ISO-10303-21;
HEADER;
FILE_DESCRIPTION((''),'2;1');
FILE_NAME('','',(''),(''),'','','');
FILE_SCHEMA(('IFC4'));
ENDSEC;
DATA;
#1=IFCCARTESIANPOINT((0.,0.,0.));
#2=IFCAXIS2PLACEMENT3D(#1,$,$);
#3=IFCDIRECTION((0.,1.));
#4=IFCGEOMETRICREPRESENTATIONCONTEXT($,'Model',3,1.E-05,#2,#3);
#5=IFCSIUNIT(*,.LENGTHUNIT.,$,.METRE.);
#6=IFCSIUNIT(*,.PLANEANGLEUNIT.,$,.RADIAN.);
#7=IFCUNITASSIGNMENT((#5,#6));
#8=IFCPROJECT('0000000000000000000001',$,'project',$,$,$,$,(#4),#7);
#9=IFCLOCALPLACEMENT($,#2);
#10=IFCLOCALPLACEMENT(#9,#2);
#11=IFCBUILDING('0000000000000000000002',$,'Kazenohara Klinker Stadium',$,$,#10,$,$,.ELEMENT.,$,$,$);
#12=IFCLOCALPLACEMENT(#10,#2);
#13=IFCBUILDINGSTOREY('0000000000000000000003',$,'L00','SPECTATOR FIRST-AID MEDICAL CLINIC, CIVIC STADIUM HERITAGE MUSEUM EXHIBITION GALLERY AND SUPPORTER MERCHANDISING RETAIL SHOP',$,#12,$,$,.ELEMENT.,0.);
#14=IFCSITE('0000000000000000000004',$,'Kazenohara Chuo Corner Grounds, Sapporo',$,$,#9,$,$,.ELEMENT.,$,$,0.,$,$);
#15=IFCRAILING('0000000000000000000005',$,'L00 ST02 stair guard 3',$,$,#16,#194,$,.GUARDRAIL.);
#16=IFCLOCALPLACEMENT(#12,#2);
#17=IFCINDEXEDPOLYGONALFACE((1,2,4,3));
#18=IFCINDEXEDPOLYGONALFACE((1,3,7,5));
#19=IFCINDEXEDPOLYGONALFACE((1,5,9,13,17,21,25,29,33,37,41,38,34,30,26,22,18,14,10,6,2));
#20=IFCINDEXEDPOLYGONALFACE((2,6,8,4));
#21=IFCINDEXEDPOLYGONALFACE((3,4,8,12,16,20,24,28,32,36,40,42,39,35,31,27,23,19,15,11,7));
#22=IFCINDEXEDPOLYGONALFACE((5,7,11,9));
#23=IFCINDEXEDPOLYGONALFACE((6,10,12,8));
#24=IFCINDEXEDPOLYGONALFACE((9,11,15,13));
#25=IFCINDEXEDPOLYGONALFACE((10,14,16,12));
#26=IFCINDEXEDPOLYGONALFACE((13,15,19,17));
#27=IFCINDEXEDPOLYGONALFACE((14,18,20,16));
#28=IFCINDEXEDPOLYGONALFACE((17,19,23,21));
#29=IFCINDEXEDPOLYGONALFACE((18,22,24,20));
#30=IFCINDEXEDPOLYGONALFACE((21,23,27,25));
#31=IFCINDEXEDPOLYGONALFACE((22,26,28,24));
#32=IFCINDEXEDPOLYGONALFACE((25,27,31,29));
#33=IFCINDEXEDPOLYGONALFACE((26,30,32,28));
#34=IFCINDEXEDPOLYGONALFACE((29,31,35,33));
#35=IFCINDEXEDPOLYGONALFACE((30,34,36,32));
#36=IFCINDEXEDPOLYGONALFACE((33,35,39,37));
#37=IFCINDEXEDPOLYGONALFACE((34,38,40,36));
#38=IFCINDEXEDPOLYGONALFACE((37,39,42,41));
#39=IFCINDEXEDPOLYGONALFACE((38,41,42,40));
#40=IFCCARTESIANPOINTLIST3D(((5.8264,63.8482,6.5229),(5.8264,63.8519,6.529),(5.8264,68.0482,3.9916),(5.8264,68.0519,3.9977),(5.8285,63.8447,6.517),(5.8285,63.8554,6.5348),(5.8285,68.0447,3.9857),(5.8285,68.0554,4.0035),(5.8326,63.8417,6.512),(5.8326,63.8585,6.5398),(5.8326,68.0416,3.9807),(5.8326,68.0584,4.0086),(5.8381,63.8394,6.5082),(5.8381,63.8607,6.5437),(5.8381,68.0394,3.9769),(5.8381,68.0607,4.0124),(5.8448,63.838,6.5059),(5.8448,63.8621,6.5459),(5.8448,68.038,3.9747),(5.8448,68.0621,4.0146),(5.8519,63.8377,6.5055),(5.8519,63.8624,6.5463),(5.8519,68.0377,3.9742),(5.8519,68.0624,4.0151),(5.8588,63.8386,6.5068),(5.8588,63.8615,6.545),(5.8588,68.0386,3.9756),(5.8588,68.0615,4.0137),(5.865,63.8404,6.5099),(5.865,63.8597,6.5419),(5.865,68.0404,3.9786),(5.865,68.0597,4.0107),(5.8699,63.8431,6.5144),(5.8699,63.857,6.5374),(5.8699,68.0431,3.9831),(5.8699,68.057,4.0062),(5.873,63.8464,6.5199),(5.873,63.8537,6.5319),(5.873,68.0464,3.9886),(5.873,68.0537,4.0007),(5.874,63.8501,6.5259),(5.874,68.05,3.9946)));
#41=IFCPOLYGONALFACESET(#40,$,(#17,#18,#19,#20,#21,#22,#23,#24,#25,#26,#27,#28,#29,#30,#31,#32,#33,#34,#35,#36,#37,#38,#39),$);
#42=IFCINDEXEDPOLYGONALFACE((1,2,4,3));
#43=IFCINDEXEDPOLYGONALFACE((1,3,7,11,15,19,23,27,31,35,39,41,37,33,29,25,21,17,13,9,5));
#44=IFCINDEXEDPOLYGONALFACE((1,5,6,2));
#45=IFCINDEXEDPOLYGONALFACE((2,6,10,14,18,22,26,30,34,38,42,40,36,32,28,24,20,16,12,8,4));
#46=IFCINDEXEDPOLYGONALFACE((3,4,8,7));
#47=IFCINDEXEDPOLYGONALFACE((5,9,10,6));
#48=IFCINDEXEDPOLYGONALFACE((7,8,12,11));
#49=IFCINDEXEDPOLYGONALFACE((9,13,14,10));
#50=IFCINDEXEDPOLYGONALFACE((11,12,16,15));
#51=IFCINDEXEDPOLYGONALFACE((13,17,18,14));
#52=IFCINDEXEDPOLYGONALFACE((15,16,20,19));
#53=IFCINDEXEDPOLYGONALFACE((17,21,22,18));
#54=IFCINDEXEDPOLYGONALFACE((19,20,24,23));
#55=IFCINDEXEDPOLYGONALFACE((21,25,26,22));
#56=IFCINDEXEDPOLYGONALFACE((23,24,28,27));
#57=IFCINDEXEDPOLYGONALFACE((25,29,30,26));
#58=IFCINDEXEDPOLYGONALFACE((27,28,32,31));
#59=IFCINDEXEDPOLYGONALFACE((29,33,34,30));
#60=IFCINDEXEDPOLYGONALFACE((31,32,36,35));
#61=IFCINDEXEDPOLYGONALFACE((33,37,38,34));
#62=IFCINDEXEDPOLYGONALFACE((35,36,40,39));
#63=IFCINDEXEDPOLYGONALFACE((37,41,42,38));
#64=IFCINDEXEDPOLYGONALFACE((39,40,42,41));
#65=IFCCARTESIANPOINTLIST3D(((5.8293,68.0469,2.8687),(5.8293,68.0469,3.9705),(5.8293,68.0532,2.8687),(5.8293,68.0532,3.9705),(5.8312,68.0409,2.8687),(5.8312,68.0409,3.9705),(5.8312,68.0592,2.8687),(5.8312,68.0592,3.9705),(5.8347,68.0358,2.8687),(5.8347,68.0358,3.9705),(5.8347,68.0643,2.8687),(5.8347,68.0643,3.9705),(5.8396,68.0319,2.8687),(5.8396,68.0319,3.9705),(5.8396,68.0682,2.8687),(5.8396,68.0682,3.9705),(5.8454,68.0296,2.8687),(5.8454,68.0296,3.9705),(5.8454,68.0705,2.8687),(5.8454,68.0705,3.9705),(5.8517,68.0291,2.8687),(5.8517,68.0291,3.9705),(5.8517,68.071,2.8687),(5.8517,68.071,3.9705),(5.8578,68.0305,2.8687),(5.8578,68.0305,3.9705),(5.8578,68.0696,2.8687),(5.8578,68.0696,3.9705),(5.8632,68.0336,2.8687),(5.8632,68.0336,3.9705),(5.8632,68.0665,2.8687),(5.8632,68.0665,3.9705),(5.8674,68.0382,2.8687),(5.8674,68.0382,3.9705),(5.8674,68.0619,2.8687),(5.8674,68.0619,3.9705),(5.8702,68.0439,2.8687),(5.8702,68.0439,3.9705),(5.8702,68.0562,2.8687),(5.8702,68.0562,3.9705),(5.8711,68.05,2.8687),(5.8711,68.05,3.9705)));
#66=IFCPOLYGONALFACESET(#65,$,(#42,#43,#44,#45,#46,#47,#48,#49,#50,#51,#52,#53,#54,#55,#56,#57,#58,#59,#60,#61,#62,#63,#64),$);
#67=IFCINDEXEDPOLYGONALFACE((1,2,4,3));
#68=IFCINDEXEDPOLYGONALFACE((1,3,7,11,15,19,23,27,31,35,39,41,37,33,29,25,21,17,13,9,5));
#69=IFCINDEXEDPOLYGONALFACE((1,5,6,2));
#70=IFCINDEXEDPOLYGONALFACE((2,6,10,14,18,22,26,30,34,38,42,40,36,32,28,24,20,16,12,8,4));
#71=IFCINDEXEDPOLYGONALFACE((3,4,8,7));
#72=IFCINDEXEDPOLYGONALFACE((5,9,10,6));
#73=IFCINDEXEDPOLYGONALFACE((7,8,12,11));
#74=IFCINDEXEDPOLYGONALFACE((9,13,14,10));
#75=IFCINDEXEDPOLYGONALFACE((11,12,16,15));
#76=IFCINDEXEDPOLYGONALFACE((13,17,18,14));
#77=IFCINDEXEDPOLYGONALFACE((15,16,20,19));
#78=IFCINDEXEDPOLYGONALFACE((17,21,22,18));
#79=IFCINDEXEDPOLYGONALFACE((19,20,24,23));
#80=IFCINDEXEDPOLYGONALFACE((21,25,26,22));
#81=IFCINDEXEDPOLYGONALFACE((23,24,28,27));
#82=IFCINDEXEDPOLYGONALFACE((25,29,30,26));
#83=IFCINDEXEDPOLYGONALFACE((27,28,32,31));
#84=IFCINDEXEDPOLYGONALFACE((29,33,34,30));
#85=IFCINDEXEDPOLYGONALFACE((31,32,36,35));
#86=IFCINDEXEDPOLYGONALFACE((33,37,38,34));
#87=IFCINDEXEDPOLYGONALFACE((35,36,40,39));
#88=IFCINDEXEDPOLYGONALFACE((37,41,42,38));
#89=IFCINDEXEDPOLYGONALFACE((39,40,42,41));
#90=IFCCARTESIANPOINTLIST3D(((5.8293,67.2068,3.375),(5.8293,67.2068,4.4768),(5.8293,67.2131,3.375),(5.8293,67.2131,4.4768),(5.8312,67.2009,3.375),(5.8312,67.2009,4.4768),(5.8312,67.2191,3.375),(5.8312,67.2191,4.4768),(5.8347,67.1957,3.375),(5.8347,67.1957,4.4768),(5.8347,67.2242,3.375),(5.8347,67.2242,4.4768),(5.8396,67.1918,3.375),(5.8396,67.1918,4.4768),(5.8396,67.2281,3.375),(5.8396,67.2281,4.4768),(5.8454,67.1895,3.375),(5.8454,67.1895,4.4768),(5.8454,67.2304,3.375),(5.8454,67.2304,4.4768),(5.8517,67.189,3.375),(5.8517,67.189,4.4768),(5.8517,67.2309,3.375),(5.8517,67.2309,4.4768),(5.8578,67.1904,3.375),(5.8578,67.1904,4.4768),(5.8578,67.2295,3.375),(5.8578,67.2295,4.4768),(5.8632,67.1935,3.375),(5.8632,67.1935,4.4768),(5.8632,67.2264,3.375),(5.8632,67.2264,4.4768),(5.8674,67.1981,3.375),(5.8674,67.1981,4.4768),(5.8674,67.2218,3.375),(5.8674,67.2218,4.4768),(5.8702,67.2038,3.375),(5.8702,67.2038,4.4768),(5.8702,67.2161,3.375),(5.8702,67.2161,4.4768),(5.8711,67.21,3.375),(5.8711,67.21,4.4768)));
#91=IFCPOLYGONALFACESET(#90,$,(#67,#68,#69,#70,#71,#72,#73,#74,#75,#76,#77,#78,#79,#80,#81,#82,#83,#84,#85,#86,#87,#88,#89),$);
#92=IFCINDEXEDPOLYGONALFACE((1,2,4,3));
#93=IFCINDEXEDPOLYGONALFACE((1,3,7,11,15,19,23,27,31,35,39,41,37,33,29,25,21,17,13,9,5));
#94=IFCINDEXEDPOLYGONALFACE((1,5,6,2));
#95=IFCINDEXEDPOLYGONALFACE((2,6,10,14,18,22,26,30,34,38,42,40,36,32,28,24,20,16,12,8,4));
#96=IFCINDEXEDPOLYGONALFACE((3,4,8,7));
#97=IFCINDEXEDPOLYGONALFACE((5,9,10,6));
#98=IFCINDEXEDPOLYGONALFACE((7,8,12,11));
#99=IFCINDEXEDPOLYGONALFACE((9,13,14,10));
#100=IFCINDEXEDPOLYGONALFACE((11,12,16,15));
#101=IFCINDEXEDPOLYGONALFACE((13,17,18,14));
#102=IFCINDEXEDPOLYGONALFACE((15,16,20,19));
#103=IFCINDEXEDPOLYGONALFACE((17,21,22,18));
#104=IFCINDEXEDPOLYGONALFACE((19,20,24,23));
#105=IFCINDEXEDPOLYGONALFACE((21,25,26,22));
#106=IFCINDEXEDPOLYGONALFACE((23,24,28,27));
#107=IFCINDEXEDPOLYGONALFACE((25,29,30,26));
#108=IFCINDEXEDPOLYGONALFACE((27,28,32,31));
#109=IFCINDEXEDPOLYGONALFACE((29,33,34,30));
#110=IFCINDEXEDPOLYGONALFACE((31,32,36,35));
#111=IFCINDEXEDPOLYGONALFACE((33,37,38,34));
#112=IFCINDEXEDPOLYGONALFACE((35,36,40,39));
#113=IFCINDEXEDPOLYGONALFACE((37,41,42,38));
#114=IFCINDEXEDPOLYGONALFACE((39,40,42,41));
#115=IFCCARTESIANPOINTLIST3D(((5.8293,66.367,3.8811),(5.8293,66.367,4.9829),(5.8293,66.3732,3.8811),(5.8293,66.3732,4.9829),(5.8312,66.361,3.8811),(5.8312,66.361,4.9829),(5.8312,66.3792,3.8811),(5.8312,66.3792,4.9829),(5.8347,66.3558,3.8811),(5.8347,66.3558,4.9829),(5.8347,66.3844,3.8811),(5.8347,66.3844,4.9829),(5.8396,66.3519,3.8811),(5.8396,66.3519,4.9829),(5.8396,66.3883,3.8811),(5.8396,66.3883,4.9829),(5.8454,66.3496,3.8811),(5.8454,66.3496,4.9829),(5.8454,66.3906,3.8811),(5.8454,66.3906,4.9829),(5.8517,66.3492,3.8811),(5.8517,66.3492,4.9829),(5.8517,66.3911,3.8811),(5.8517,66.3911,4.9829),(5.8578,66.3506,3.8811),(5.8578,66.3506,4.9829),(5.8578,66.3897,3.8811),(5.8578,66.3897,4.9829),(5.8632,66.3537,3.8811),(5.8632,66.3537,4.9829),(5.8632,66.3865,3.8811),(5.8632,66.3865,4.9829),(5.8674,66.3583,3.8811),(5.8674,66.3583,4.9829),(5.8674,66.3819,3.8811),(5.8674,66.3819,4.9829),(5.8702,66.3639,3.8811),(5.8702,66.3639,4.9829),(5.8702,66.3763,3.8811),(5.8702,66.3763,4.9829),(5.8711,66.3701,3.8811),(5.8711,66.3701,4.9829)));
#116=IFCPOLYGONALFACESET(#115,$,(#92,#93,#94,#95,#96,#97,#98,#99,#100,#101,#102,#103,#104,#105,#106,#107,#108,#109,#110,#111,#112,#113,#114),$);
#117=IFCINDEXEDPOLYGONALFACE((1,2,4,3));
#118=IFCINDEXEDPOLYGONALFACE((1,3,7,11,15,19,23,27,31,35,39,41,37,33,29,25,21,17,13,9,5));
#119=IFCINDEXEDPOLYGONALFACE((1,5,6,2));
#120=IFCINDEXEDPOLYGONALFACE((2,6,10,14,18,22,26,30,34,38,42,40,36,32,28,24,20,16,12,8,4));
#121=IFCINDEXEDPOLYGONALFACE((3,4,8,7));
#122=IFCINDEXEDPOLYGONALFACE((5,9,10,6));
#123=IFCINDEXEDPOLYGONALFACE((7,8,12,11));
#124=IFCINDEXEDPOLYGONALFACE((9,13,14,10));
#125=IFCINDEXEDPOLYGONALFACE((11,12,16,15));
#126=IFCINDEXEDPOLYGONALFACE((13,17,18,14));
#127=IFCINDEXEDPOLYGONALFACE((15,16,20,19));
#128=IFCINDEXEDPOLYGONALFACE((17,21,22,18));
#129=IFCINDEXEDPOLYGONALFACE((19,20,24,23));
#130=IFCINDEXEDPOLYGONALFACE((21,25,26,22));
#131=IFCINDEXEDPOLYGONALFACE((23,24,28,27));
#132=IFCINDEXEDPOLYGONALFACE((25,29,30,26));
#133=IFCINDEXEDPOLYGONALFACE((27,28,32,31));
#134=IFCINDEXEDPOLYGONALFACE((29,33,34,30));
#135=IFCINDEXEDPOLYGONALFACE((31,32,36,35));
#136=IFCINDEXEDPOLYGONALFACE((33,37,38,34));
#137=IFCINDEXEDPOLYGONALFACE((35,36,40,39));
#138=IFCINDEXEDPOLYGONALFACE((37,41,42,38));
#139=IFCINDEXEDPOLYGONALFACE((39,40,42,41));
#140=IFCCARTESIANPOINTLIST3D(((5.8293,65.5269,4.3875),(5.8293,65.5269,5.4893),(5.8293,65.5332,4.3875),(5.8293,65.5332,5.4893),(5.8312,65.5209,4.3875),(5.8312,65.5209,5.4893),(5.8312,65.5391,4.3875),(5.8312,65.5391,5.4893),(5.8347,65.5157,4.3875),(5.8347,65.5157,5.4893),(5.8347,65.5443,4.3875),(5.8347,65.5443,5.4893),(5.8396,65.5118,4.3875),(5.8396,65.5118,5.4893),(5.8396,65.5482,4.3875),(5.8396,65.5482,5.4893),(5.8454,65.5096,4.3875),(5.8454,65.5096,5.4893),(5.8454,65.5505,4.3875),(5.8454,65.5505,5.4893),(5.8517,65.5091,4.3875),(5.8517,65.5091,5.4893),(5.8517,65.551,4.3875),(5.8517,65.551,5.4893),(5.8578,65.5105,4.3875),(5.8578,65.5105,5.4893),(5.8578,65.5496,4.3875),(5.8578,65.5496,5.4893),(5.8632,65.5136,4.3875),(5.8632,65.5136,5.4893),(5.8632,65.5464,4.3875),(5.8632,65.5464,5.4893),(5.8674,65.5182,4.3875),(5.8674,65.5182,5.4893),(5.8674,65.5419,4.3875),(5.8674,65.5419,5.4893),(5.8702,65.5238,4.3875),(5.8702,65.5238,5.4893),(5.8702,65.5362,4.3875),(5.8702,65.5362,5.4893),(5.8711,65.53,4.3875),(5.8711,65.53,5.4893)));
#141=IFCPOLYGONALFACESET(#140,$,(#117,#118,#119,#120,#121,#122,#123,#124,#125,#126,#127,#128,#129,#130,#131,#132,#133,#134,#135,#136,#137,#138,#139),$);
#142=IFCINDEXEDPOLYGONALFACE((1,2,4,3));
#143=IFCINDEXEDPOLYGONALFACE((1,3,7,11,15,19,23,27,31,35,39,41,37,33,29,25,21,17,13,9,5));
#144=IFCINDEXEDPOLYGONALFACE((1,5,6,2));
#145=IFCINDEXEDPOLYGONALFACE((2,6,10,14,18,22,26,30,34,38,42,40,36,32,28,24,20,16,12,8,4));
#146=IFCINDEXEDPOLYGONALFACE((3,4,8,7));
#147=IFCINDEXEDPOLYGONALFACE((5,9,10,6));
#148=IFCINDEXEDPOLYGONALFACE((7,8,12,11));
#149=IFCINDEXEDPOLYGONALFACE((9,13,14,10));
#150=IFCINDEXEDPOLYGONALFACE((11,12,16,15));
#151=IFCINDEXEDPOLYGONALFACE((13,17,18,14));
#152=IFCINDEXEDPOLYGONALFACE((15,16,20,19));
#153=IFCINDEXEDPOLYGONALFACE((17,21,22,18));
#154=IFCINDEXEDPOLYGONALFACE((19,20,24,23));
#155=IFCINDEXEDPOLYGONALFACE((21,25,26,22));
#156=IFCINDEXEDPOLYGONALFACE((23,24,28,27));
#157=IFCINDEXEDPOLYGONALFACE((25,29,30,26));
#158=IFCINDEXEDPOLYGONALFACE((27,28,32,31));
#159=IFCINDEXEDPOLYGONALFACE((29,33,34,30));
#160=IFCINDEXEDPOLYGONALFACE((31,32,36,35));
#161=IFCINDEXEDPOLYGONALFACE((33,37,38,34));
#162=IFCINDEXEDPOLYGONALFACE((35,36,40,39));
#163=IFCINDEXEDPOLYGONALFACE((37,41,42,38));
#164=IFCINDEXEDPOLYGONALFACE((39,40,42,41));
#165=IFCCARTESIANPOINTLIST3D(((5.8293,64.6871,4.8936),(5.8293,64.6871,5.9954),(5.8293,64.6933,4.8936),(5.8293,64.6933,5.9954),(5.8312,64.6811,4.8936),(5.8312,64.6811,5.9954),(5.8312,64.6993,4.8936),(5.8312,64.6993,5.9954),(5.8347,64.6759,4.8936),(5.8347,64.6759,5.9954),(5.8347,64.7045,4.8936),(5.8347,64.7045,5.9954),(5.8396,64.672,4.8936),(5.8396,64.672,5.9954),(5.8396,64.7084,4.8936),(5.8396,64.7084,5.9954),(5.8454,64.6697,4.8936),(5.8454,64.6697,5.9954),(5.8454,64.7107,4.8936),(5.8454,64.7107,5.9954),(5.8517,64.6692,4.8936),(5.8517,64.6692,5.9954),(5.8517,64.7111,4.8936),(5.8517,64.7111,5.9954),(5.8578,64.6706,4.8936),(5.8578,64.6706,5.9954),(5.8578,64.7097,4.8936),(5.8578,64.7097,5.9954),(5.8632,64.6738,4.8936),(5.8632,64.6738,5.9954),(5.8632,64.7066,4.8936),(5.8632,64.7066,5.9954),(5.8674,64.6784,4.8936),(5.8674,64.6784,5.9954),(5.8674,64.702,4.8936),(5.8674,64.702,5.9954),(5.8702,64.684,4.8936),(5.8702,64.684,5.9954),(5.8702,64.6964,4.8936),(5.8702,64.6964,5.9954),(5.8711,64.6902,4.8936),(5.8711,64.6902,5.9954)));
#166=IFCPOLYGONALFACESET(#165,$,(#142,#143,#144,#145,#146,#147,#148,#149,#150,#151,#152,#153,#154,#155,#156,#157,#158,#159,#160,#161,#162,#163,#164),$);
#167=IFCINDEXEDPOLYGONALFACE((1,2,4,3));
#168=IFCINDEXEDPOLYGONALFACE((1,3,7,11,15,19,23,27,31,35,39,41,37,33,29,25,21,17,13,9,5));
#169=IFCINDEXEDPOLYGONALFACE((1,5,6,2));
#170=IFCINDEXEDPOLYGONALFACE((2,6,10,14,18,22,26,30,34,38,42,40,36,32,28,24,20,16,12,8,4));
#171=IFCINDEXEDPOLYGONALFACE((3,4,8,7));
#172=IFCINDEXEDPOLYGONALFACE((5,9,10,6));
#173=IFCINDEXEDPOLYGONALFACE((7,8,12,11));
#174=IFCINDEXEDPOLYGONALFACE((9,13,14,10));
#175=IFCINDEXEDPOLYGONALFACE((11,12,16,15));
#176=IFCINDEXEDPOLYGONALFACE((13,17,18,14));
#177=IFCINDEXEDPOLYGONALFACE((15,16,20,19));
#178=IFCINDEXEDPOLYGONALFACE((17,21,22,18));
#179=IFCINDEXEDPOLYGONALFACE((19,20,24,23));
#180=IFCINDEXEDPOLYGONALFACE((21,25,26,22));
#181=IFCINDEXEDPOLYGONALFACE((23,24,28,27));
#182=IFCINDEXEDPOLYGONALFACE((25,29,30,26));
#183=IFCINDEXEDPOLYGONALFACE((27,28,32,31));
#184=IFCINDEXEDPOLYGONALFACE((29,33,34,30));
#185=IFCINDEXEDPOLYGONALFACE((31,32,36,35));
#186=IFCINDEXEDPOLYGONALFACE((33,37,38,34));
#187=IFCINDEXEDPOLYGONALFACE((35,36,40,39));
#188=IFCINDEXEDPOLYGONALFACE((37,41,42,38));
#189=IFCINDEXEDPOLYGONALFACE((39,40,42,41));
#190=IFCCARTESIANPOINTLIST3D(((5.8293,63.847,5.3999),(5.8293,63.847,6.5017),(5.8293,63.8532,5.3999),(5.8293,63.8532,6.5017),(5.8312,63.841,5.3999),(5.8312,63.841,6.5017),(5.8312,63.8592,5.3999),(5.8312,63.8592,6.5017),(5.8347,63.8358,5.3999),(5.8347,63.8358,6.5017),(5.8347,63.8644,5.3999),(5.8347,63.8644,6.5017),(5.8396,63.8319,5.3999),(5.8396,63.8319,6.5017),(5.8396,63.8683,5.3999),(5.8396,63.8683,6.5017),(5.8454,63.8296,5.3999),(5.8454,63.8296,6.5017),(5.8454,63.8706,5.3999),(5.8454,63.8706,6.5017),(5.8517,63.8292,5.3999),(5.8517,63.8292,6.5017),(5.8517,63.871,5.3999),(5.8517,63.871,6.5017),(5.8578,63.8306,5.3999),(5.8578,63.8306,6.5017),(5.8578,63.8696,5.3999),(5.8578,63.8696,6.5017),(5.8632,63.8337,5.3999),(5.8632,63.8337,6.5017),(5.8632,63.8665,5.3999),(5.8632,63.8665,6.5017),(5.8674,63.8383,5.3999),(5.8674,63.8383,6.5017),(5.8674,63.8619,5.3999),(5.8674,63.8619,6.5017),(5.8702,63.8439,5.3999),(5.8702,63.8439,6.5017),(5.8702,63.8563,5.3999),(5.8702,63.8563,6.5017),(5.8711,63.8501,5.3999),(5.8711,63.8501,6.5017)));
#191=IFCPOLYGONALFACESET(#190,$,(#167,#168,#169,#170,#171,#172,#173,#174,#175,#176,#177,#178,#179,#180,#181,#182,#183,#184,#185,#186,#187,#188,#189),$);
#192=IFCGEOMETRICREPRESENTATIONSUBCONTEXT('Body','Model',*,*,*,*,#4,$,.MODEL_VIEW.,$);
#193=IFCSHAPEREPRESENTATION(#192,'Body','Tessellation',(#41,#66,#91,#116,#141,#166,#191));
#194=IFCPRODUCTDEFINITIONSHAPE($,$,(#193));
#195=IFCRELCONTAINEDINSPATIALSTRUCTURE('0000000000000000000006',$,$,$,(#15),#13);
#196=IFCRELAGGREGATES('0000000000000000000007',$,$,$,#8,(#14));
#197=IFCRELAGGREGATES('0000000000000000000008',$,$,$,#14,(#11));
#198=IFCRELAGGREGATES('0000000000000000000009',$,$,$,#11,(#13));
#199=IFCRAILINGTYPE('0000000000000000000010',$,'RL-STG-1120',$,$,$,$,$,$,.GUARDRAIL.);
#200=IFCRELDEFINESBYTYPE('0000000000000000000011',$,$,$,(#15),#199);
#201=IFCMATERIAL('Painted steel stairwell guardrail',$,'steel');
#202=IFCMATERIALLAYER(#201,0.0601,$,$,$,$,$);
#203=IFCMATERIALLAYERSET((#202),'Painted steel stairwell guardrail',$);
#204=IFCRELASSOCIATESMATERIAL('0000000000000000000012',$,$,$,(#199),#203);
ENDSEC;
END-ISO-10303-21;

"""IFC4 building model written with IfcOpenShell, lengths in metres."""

from ifc_helpers import new_model, si_unit, direction, frame, origin, origin_2d, place, context, subcontext, project, spatial, circle, extrude, material, layer, layer_set, type_object, element, save


model = new_model("IFC4")

# Units and contexts
model_context = context("Model", 3, precision=1e-05, world=origin(), true_north=direction((0.0, 1.0)))
body_context = subcontext(model_context, "Body", "Model", "MODEL_VIEW")
ifc_project = project(units=[si_unit("LENGTHUNIT", "METRE"), si_unit("PLANEANGLEUNIT", "RADIAN")], contexts=[model_context])

# Site, building, storey
site_placement = place(None, origin())
site = spatial("IfcSite", under=ifc_project, at=site_placement, Name="Kazenohara Chuo Corner Grounds, Sapporo", CompositionType="ELEMENT", RefElevation=0.0)
building_placement = place(site_placement, origin())
building = spatial("IfcBuilding", under=site, at=building_placement, Name="Kazenohara Klinker Stadium", CompositionType="ELEMENT")
storey_placement = place(building_placement, origin())
storey = spatial("IfcBuildingStorey", under=building, at=storey_placement, Name="L00", Description="SPECTATOR FIRST-AID MEDICAL CLINIC, CIVIC STADIUM HERITAGE MUSEUM EXHIBITION GALLERY AND SUPPORTER MERCHANDISING RETAIL SHOP", CompositionType="ELEMENT", Elevation=0.0)

# Railing
ifc_material_1 = material(Name="Painted steel stairwell guardrail", Category="steel")
ifc_layer_1 = layer(ifc_material_1, 0.0601)
ifc_layer_set_1 = layer_set([ifc_layer_1], Name="Painted steel stairwell guardrail")
railing_type_1 = type_object("IfcRailingType", Name="RL-STG-1120", PredefinedType="GUARDRAIL", material=ifc_layer_set_1)
railing_1_placement = place(storey_placement, frame((5.8501, 68.05, 2.8687)))
element("IfcRailing", 1, at=railing_1_placement, inside=storey, type_object=railing_type_1, Name="L00 ST02 stair guard 3", PredefinedType="GUARDRAIL", context=body_context, shape_type="SweptSolid", body=[
    extrude(circle(Radius=0.0239, at=origin_2d()), frame((0.0, 0.0, 1.126), z_axis=(0.0, -0.856476, 0.516186), x_axis=(1.0, 0.0, 0.0)), (0.0, 0.0, 1.0), 4.9038),
    extrude(circle(Radius=0.021, at=origin_2d()), origin(), (0.0, 0.0, 1.0), 1.1018),
    extrude(circle(Radius=0.021, at=origin_2d()), frame((0.0, -0.8401, 0.5063)), (0.0, 0.0, 1.0), 1.1018),
    extrude(circle(Radius=0.021, at=origin_2d()), frame((0.0, -1.6799, 1.0125)), (0.0, 0.0, 1.0), 1.1018),
    extrude(circle(Radius=0.021, at=origin_2d()), frame((0.0, -2.52, 1.5188)), (0.0, 0.0, 1.0), 1.1018),
    extrude(circle(Radius=0.021, at=origin_2d()), frame((0.0, -3.3599, 2.0249)), (0.0, 0.0, 1.0), 1.1018),
    extrude(circle(Radius=0.021, at=origin_2d()), frame((0.0, -4.2, 2.5312)), (0.0, 0.0, 1.0), 1.1018),
])

save(model, "model.ifc")
